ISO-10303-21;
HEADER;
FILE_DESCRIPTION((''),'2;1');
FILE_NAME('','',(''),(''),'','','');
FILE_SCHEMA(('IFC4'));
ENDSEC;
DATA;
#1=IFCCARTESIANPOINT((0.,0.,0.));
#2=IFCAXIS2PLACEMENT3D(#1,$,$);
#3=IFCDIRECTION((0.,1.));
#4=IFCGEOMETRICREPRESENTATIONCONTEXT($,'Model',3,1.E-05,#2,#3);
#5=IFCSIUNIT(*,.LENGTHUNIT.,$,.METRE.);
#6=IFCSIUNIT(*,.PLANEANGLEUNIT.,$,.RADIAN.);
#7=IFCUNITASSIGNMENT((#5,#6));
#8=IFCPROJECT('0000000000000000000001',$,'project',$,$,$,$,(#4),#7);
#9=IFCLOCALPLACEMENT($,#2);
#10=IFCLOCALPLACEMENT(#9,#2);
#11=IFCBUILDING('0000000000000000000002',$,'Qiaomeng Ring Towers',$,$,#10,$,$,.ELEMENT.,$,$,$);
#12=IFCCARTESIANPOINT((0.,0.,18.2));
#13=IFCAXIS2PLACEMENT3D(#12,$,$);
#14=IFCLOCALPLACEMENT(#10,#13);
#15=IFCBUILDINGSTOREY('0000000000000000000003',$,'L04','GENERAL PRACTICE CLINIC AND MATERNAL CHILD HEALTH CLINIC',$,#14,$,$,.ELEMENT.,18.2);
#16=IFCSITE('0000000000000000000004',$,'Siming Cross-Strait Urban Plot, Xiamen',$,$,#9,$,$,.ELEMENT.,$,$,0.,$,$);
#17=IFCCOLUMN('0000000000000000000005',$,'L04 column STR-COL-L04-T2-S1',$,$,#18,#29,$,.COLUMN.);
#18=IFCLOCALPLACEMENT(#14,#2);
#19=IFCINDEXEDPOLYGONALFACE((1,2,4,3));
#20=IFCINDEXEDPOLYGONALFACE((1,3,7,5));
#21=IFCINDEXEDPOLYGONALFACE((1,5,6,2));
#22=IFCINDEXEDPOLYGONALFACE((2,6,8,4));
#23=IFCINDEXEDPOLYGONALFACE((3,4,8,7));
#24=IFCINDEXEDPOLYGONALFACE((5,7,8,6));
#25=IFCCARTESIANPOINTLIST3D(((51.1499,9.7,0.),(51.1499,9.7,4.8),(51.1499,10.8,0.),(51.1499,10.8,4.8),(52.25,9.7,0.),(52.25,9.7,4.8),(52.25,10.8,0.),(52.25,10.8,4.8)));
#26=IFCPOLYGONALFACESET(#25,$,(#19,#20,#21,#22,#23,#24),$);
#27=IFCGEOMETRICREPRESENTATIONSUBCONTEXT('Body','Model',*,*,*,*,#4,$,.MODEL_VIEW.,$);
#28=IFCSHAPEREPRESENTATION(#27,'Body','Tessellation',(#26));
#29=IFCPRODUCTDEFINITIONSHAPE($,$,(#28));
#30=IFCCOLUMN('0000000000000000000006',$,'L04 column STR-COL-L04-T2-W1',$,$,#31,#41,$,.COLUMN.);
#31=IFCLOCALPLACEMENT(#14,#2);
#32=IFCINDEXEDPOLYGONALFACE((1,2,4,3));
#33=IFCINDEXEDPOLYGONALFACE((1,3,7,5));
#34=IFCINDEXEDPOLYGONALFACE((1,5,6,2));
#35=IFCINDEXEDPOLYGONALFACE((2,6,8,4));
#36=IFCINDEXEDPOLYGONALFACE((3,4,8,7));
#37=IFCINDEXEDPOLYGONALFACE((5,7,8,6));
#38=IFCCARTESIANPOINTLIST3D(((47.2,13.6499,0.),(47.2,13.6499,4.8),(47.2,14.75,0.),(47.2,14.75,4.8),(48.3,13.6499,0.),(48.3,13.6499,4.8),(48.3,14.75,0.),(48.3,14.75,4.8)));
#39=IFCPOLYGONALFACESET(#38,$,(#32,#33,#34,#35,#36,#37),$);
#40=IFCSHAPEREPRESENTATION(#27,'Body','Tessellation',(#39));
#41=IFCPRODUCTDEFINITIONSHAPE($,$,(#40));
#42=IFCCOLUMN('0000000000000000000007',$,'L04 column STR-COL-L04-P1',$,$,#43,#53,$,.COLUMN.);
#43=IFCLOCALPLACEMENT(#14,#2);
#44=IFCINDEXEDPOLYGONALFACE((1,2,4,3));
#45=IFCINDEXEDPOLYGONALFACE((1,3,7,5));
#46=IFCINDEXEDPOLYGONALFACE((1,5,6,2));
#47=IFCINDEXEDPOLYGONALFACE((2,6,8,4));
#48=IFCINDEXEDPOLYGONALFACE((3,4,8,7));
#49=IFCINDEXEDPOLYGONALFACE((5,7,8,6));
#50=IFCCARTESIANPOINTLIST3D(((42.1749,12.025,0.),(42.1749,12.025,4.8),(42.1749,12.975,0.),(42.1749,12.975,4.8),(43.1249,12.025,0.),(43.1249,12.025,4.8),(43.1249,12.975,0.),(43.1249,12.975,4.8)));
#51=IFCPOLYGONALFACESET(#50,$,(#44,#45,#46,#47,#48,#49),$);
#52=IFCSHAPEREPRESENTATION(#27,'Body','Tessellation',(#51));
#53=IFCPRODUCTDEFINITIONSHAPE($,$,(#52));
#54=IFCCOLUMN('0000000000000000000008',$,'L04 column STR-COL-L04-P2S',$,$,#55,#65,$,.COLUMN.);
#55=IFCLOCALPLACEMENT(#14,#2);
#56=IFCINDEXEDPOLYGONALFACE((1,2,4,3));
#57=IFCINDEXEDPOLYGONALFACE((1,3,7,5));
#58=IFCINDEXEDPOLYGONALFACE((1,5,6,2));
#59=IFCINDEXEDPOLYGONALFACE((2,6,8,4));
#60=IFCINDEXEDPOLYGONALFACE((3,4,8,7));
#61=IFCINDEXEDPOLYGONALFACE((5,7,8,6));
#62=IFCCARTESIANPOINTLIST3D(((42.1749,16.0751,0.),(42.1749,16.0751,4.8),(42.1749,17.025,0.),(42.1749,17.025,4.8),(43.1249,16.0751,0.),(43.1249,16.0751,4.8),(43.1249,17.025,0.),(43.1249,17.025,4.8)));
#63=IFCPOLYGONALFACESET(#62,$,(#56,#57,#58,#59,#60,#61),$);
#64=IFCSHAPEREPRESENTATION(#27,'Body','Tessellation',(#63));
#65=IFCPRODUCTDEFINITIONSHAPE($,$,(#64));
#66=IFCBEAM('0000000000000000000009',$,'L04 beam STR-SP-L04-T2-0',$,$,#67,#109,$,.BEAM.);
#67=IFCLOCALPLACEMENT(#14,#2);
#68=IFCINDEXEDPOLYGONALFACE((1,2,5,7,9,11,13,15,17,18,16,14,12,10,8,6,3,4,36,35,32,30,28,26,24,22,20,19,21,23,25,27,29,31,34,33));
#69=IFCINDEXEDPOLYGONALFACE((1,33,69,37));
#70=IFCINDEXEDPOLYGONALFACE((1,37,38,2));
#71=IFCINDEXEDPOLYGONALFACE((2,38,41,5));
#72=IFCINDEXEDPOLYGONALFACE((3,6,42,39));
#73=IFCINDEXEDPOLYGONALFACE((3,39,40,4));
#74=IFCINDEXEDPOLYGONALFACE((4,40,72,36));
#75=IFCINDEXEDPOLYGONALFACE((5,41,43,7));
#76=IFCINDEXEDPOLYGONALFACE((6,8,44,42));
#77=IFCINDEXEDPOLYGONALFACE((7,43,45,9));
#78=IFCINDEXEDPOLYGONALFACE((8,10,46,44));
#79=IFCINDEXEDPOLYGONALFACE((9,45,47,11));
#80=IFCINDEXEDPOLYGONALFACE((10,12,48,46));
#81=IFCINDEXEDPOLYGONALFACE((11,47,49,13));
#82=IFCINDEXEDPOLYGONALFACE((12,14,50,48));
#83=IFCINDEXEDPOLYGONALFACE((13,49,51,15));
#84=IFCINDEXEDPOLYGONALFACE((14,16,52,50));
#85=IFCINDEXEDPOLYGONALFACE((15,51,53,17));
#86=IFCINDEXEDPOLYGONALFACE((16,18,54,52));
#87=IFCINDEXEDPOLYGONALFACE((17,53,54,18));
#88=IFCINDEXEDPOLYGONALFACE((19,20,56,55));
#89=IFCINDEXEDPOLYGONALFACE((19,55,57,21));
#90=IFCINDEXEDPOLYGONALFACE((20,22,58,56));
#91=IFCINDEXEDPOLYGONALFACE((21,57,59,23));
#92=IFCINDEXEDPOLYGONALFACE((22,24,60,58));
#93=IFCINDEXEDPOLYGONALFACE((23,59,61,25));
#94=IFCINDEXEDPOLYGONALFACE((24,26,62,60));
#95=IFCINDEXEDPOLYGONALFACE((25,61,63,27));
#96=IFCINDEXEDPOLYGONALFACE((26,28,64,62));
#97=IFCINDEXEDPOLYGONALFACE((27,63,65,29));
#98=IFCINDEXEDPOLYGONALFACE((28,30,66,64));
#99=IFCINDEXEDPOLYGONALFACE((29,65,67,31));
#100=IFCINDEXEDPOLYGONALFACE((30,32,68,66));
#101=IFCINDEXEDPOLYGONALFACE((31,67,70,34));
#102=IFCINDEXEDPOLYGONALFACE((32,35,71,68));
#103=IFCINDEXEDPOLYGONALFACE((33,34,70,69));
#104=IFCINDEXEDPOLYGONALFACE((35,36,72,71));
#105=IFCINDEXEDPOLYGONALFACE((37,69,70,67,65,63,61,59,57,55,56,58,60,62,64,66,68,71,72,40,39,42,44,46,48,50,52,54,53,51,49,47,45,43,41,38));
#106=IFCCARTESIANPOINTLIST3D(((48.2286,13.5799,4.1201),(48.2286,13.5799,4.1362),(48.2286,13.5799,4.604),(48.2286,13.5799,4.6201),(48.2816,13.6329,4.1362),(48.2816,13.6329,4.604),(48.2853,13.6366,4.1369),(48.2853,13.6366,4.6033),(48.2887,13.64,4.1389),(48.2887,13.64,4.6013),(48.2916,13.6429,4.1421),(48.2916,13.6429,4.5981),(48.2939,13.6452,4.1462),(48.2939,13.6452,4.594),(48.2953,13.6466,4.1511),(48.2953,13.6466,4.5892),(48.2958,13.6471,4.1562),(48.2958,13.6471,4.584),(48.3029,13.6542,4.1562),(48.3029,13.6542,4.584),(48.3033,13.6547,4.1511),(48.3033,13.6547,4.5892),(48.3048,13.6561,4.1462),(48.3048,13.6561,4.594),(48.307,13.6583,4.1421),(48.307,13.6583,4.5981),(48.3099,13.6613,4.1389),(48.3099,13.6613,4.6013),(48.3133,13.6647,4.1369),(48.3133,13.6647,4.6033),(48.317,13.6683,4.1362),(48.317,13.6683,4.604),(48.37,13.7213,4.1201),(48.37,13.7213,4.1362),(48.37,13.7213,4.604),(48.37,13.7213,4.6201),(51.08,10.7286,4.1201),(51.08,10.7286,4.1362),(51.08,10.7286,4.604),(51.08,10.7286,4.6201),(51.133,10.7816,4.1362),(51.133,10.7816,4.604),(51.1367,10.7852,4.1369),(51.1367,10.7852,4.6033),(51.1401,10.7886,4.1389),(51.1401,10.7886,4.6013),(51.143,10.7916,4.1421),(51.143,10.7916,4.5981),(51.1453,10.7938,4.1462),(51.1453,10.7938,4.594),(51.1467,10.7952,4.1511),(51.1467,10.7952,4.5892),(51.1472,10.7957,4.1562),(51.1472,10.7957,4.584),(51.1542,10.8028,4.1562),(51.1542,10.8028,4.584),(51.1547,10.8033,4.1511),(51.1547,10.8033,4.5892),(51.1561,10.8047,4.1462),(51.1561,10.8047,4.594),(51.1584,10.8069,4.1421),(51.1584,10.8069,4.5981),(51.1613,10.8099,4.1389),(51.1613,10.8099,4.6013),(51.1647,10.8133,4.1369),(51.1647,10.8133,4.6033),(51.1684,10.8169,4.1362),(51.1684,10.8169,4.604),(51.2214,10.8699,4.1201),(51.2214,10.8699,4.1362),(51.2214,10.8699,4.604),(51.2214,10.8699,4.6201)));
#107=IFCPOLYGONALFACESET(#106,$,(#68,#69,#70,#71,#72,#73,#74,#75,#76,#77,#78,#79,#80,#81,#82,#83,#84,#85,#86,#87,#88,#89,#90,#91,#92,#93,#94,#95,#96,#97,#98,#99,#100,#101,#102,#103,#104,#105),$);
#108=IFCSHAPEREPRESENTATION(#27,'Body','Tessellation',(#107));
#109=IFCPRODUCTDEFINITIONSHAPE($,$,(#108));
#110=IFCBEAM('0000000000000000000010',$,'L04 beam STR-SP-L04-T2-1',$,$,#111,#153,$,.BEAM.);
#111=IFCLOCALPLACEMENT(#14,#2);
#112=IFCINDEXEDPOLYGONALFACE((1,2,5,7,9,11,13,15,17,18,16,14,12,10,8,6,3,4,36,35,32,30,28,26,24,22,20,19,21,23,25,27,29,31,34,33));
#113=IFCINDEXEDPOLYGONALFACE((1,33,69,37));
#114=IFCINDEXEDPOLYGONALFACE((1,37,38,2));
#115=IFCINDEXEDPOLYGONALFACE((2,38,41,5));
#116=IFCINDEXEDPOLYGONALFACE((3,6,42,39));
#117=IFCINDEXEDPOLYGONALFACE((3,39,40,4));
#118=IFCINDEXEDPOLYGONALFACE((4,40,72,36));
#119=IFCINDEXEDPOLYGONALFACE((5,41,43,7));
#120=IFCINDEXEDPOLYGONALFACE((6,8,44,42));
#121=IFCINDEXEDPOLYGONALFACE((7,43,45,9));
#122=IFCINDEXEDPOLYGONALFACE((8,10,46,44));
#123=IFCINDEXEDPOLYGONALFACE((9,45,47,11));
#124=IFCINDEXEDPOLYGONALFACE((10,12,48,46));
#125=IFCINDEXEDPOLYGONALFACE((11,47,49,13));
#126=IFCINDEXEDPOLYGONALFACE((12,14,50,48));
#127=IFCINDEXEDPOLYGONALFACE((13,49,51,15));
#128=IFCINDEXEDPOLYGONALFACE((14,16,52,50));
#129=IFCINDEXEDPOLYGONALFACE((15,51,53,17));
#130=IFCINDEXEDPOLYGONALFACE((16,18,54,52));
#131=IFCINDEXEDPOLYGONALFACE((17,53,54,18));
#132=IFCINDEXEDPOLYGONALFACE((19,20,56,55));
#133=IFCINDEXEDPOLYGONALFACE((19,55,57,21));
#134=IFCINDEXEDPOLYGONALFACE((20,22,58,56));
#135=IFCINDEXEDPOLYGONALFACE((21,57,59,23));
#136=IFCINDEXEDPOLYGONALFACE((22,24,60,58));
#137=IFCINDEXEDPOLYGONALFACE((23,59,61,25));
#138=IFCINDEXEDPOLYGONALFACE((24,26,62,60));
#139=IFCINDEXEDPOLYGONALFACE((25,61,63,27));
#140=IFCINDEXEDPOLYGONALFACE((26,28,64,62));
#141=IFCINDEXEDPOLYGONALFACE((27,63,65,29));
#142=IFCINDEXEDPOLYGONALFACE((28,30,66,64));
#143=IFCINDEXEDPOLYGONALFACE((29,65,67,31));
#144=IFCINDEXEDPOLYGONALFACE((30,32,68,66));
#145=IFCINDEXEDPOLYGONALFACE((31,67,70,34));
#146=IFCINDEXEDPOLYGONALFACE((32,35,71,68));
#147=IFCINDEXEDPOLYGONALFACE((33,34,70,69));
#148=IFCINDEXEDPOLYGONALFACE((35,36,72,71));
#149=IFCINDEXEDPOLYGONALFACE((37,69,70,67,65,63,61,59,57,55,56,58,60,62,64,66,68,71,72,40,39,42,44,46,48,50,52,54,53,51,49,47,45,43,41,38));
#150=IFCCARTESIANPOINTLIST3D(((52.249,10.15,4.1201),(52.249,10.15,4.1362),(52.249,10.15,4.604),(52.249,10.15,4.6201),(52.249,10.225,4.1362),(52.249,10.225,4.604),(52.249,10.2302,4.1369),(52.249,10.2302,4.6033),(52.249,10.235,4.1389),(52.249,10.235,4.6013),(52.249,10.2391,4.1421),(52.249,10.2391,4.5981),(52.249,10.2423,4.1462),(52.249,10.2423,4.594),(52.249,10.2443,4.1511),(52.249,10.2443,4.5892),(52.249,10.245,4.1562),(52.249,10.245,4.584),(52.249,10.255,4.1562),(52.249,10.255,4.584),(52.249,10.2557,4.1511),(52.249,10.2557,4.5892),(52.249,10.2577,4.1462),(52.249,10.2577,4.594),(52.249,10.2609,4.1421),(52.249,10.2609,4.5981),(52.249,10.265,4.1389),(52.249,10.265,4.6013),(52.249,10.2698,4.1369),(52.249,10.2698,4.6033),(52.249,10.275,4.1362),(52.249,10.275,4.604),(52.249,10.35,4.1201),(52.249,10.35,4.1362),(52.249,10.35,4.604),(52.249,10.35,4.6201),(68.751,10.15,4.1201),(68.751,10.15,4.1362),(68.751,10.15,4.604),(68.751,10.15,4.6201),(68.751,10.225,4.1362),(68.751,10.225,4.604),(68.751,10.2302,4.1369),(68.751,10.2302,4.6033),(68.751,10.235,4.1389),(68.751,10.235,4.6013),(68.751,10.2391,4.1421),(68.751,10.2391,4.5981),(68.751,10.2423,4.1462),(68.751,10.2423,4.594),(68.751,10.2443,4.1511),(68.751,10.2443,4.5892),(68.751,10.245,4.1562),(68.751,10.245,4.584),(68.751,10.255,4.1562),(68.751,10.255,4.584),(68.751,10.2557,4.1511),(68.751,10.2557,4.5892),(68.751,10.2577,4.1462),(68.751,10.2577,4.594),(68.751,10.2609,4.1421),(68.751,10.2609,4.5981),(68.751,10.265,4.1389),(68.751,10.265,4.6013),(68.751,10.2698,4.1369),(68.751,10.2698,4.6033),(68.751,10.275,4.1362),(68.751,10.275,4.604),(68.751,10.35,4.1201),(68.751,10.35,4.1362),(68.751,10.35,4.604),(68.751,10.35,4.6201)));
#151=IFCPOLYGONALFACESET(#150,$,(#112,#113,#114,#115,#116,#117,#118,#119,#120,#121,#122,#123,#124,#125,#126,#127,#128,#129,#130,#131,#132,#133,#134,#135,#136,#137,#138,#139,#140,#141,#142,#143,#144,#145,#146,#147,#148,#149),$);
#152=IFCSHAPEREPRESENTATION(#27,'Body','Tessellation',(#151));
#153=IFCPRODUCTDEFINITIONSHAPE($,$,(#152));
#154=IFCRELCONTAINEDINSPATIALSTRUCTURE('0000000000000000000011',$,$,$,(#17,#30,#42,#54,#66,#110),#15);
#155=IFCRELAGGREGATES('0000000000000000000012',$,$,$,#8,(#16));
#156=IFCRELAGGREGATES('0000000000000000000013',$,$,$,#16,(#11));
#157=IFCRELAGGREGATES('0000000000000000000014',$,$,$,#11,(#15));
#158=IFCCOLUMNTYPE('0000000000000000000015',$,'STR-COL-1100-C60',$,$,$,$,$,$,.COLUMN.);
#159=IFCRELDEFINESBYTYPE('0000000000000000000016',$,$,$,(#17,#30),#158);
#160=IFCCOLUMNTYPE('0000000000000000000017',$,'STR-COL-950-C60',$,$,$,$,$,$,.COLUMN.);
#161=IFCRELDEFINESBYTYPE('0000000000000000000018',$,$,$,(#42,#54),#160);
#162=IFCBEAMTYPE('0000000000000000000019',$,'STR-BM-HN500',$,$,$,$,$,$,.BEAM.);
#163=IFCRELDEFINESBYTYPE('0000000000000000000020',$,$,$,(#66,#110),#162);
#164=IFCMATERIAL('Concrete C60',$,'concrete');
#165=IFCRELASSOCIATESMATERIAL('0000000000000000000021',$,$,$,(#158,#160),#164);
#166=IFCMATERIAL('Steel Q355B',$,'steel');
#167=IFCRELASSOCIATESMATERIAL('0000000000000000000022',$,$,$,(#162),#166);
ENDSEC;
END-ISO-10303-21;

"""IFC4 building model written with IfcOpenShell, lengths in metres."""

from ifc_helpers import new_model, si_unit, direction, frame, origin, origin_2d, place, context, subcontext, project, spatial, rectangle, i_section, extrude, source, transform, mapped, material, material_profile, profile_set, type_object, element, save


model = new_model("IFC4")

# Units and contexts
model_context = context("Model", 3, precision=1e-05, world=origin(), true_north=direction((0.0, 1.0)))
body_context = subcontext(model_context, "Body", "Model", "MODEL_VIEW")
ifc_project = project(units=[si_unit("LENGTHUNIT", "METRE"), si_unit("PLANEANGLEUNIT", "RADIAN")], contexts=[model_context])

# Site, building, storey
site_placement = place(None, origin())
site = spatial("IfcSite", under=ifc_project, at=site_placement, Name="Siming Cross-Strait Urban Plot, Xiamen", CompositionType="ELEMENT", RefElevation=0.0)
building_placement = place(site_placement, origin())
building = spatial("IfcBuilding", under=site, at=building_placement, Name="Qiaomeng Ring Towers", CompositionType="ELEMENT")
storey_placement = place(building_placement, frame((0.0, 0.0, 18.2)))
storey = spatial("IfcBuildingStorey", under=building, at=storey_placement, Name="L04", Description="GENERAL PRACTICE CLINIC AND MATERNAL CHILD HEALTH CLINIC", CompositionType="ELEMENT", Elevation=18.2)

# Columns
ifc_material_1 = material(Name="Concrete C60", Category="concrete")
ifc_material_profile_1 = material_profile(ifc_material_1, rectangle(XDim=1.1001, YDim=1.1001, at=origin_2d()), Name="RC COL 1100x1100")
ifc_profile_set_1 = profile_set([ifc_material_profile_1], Name="Concrete C60")
column_type_1 = type_object("IfcColumnType", Name="STR-COL-1100-C60", PredefinedType="COLUMN", material=ifc_profile_set_1)
shared_shape_1 = source(origin(), body_context, "Body", "SweptSolid", [
    extrude(rectangle(XDim=1.1001, YDim=1.1001, at=origin_2d()), origin(), (0.0, 0.0, 1.0), 4.8),
])
for number, where, z_axis, x_axis, name in (
    (1, (51.7, 10.25, 0.0), (0.0, 0.0, 1.0), (1.0, 0.0, 0.0), "L04 column STR-COL-L04-T2-S1"),
    (2, (47.75, 14.2, 0.0), (0.0, 0.0, 1.0), (1.0, 0.0, 0.0), "L04 column STR-COL-L04-T2-W1"),
):
    element("IfcColumn", number, at=place(storey_placement, frame(where, z_axis=z_axis, x_axis=x_axis)), inside=storey, type_object=column_type_1, Name=name, PredefinedType="COLUMN", context=body_context, shape_type="MappedRepresentation", body=[
        mapped(shared_shape_1, transform((0.0, 0.0, 0.0), x_axis=(1.0, 0.0, 0.0), y_axis=(0.0, 1.0, 0.0), z_axis=(0.0, 0.0, 1.0), scale=1.0)),
    ])
ifc_material_profile_2 = material_profile(ifc_material_1, rectangle(XDim=0.95, YDim=0.95, at=origin_2d()), Name="RC COL 950x950")
ifc_profile_set_2 = profile_set([ifc_material_profile_2], Name="Concrete C60")
column_type_2 = type_object("IfcColumnType", Name="STR-COL-950-C60", PredefinedType="COLUMN", material=ifc_profile_set_2)
shared_shape_2 = source(origin(), body_context, "Body", "SweptSolid", [
    extrude(rectangle(XDim=0.95, YDim=0.95, at=origin_2d()), origin(), (0.0, 0.0, 1.0), 4.8),
])
for number, where, z_axis, x_axis, name in (
    (3, (42.6499, 12.5, 0.0), (0.0, 0.0, 1.0), (1.0, 0.0, 0.0), "L04 column STR-COL-L04-P1"),
    (4, (42.6499, 16.55, 0.0), (0.0, 0.0, 1.0), (1.0, 0.0, 0.0), "L04 column STR-COL-L04-P2S"),
):
    element("IfcColumn", number, at=place(storey_placement, frame(where, z_axis=z_axis, x_axis=x_axis)), inside=storey, type_object=column_type_2, Name=name, PredefinedType="COLUMN", context=body_context, shape_type="MappedRepresentation", body=[
        mapped(shared_shape_2, transform((0.0, 0.0, 0.0), x_axis=(1.0, 0.0, 0.0), y_axis=(0.0, 1.0, 0.0), z_axis=(0.0, 0.0, 1.0), scale=1.0)),
    ])

# Beams
ifc_material_2 = material(Name="Steel Q355B", Category="steel")
ifc_material_profile_3 = material_profile(ifc_material_2, i_section(OverallWidth=0.2, OverallDepth=0.5, WebThickness=0.01, FlangeThickness=0.0161, FilletRadius=0.02, at=origin_2d()), Name="HN 500x200x10x16")
ifc_profile_set_3 = profile_set([ifc_material_profile_3], Name="Steel Q355B")
beam_type_1 = type_object("IfcBeamType", Name="STR-BM-HN500", PredefinedType="BEAM", material=ifc_profile_set_3)
shared_shape_3 = source(origin(), body_context, "Body", "SweptSolid", [
    extrude(i_section(OverallWidth=0.2, OverallDepth=0.5, WebThickness=0.01, FlangeThickness=0.0161, FilletRadius=0.02, at=origin_2d()), origin(), (0.0, 0.0, 1.0), 4.0325),
])
beam_1_placement = place(storey_placement, frame((48.2993, 13.6506, 4.3701), z_axis=(0.707107, -0.707107, 0.0), x_axis=(0.707107, 0.707107, 0.0)))
element("IfcBeam", 5, at=beam_1_placement, inside=storey, type_object=beam_type_1, Name="L04 beam STR-SP-L04-T2-0", PredefinedType="BEAM", context=body_context, shape_type="MappedRepresentation", body=[
    mapped(shared_shape_3, transform((0.0, 0.0, 0.0), x_axis=(1.0, 0.0, 0.0), y_axis=(0.0, 1.0, 0.0), z_axis=(0.0, 0.0, 1.0), scale=1.0)),
])
shared_shape_4 = source(origin(), body_context, "Body", "SweptSolid", [
    extrude(i_section(OverallWidth=0.2, OverallDepth=0.5, WebThickness=0.01, FlangeThickness=0.0161, FilletRadius=0.02, at=origin_2d()), origin(), (0.0, 0.0, 1.0), 16.502),
])
beam_2_placement = place(storey_placement, frame((52.249, 10.25, 4.3701), z_axis=(1.0, 0.0, 0.0), x_axis=(0.0, 1.0, 0.0)))
element("IfcBeam", 6, at=beam_2_placement, inside=storey, type_object=beam_type_1, Name="L04 beam STR-SP-L04-T2-1", PredefinedType="BEAM", context=body_context, shape_type="MappedRepresentation", body=[
    mapped(shared_shape_4, transform((0.0, 0.0, 0.0), x_axis=(1.0, 0.0, 0.0), y_axis=(0.0, 1.0, 0.0), z_axis=(0.0, 0.0, 1.0), scale=1.0)),
])

save(model, "model.ifc")
